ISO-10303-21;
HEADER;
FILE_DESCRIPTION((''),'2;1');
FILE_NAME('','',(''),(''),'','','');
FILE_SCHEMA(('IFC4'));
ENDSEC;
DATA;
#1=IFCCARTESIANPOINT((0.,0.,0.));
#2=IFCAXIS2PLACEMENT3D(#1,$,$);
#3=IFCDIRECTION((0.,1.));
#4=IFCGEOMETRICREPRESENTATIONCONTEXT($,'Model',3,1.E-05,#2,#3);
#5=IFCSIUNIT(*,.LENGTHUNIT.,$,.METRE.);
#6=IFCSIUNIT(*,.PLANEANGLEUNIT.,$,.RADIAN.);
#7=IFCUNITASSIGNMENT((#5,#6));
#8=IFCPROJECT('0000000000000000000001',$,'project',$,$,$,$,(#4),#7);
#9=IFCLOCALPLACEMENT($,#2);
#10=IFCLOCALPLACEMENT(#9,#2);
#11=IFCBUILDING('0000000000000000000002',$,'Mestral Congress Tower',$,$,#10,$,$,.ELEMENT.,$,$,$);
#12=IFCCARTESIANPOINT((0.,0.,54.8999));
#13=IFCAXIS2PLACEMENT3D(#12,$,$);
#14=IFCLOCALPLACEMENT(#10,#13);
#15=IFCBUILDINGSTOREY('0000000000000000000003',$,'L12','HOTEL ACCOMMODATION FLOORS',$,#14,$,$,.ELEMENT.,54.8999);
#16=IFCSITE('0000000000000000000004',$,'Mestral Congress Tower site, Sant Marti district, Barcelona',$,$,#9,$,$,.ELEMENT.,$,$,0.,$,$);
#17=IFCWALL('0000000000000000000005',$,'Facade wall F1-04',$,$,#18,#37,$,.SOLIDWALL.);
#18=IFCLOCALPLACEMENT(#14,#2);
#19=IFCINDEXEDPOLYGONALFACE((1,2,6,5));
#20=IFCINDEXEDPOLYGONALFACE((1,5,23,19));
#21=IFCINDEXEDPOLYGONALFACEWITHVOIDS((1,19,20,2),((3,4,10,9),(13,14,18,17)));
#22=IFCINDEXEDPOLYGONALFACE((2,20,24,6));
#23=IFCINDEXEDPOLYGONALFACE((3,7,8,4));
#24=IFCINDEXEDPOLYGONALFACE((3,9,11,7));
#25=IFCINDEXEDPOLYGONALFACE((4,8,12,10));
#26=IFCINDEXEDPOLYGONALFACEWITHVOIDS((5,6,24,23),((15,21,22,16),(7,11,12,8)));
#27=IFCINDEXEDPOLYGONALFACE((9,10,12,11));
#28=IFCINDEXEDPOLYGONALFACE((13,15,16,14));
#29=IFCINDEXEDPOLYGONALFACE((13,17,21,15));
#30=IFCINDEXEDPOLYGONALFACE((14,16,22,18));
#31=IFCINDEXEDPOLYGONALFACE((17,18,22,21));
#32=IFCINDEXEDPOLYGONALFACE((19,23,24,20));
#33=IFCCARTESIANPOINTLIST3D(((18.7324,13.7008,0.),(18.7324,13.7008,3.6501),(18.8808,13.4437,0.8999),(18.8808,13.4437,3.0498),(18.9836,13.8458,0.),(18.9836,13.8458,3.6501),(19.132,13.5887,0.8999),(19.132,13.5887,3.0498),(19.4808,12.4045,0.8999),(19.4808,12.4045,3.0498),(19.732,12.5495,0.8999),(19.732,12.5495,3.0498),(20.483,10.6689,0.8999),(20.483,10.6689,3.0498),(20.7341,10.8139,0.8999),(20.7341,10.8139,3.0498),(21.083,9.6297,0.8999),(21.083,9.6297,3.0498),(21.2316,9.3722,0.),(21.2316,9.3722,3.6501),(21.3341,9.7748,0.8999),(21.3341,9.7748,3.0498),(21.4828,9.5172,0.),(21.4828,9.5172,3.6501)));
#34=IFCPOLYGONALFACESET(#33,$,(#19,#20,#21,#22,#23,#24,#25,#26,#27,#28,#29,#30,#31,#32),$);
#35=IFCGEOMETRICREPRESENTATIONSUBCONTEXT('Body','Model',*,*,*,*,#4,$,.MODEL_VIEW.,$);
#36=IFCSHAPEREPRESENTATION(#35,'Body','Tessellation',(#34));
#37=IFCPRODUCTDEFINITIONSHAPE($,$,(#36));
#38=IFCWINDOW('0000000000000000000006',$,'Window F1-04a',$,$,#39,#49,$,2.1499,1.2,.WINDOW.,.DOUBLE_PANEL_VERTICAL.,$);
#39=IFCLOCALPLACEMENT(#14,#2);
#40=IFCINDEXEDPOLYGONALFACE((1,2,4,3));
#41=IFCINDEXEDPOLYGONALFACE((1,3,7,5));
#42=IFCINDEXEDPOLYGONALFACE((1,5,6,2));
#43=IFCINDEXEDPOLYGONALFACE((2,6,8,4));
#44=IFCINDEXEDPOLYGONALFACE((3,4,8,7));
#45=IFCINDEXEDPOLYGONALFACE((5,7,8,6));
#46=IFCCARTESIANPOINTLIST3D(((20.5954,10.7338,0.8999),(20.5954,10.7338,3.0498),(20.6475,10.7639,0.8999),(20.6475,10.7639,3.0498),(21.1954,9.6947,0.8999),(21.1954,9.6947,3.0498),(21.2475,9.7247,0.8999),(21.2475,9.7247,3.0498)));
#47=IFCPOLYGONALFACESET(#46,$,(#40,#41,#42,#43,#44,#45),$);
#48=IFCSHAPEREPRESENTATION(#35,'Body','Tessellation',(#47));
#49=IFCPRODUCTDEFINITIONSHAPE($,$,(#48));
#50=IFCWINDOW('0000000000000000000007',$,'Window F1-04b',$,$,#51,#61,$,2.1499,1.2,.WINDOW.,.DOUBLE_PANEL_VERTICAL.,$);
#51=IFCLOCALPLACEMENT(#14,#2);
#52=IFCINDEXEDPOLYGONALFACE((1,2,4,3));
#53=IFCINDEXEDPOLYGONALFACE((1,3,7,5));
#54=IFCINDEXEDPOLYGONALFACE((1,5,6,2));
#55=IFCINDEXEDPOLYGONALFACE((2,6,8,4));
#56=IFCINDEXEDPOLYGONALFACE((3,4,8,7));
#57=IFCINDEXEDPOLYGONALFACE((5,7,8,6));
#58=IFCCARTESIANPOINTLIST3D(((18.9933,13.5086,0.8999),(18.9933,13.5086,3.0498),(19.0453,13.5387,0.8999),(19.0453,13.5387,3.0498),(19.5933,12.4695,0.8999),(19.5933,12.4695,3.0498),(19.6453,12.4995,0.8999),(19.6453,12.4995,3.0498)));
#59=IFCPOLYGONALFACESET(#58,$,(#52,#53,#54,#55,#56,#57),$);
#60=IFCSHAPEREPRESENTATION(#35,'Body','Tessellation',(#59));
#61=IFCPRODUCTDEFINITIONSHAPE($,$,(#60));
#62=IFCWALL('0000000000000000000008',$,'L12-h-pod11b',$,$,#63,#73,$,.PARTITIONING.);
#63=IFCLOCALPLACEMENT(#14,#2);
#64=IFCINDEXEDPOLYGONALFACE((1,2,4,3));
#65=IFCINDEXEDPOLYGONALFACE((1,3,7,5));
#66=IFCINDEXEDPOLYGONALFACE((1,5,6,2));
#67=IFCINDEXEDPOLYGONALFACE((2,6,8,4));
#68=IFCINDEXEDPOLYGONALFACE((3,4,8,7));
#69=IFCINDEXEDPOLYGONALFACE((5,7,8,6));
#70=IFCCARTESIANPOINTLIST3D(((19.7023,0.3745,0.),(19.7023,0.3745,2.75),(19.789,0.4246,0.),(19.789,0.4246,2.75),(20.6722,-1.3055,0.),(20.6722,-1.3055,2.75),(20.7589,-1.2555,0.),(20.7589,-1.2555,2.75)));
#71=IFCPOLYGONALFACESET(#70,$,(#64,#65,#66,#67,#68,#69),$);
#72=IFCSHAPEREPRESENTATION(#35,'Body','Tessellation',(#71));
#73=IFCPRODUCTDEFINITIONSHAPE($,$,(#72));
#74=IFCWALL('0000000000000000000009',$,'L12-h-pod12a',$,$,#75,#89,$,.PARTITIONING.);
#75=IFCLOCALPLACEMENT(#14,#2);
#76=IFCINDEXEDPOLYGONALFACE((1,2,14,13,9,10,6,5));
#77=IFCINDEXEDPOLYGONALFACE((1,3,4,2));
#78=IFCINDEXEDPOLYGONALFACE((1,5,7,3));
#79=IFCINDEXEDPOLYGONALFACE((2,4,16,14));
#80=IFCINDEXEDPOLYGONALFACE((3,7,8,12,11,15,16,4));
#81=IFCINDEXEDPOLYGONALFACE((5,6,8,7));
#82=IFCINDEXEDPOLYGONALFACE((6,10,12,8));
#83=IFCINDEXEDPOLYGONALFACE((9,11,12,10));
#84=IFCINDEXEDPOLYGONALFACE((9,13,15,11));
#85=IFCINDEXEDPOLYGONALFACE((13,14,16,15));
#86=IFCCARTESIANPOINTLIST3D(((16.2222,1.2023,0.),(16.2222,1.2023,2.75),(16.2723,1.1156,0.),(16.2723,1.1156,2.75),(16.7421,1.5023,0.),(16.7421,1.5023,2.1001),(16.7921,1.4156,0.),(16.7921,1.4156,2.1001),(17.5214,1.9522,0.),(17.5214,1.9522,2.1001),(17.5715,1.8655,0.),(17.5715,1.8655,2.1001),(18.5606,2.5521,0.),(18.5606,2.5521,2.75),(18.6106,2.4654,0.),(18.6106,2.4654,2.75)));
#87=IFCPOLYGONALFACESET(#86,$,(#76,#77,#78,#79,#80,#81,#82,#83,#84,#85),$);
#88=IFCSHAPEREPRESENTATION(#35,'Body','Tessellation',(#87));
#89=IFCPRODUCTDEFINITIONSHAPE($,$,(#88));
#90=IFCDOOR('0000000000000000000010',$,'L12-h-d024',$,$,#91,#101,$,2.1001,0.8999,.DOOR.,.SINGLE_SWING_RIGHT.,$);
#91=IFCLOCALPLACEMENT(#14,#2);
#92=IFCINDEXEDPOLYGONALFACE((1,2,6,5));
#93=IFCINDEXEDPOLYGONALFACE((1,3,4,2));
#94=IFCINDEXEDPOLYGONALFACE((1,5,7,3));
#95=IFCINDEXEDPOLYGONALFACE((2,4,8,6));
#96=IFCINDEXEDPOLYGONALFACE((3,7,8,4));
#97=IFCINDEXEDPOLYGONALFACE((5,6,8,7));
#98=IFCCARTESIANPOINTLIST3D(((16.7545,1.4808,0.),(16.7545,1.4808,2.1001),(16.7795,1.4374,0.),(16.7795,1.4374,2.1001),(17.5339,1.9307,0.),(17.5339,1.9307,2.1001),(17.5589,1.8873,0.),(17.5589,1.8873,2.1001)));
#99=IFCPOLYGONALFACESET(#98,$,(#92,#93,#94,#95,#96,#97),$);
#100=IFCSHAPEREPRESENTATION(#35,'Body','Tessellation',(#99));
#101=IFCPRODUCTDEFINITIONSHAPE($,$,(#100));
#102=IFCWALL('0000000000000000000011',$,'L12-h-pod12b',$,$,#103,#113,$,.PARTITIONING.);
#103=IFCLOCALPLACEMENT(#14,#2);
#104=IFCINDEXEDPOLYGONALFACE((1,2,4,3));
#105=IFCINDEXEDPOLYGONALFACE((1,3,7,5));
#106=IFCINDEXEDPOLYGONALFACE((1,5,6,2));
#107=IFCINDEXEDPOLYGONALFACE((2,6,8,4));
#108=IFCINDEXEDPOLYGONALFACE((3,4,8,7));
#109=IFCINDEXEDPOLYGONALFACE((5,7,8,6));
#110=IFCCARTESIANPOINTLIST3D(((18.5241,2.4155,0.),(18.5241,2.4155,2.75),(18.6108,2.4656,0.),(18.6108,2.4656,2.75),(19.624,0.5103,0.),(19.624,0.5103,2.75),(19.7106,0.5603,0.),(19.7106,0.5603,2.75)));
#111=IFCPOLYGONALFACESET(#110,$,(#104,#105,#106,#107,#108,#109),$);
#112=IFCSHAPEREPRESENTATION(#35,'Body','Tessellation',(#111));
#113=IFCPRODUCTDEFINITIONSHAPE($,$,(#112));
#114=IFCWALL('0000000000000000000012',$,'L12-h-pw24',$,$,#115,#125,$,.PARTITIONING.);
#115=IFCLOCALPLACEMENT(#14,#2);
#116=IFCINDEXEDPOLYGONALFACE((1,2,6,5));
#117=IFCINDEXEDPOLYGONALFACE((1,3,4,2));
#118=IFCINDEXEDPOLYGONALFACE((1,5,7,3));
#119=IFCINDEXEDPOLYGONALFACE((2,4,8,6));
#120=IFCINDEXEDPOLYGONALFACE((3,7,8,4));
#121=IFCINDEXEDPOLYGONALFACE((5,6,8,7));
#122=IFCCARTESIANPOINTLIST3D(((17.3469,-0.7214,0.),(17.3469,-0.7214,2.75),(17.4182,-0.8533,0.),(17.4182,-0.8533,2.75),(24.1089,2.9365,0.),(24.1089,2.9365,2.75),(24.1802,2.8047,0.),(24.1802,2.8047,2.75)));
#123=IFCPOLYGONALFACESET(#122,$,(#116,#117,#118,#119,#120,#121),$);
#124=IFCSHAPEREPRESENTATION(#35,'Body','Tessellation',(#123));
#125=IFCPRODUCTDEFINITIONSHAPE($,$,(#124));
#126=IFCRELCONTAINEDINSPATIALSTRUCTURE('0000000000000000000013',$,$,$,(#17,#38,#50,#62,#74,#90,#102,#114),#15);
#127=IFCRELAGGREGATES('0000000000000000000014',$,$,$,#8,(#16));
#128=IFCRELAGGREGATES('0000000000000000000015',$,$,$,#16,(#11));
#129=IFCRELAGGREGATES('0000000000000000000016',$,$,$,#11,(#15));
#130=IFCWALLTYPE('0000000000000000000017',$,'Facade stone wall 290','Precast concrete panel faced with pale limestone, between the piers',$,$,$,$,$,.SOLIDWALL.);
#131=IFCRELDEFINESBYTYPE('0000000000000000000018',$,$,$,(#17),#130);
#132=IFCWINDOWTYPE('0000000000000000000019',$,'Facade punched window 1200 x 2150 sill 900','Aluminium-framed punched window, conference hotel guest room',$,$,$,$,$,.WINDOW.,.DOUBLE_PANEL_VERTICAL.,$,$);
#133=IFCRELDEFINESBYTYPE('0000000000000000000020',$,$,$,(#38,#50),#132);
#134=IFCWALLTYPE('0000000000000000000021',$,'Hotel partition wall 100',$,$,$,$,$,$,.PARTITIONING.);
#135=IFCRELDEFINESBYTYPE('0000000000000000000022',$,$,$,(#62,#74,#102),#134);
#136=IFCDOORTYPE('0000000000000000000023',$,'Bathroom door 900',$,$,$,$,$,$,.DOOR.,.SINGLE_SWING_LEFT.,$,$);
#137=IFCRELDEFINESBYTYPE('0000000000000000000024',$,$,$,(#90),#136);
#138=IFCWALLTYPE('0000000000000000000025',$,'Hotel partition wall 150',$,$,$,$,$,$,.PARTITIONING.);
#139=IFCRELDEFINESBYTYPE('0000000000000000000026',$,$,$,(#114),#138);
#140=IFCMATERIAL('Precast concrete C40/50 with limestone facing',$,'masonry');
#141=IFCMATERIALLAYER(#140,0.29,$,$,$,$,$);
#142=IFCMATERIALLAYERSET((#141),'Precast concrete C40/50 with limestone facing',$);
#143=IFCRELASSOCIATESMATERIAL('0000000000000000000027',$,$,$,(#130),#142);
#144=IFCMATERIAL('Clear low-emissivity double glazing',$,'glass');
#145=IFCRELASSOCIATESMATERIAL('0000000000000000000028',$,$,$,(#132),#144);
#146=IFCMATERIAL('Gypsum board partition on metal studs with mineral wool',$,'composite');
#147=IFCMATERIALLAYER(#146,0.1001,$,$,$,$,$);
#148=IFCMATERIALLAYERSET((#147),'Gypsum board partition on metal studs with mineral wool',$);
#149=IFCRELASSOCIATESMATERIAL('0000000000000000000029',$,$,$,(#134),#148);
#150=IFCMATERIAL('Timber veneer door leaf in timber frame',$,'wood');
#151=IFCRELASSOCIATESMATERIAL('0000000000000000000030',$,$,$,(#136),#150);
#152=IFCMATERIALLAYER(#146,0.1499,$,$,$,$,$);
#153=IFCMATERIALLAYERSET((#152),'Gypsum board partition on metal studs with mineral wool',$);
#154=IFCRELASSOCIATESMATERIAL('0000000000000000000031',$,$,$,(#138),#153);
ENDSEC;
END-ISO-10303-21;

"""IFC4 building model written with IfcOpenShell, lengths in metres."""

from ifc_helpers import new_model, si_unit, direction, frame, frame_2d, origin, place, context, subcontext, project, spatial, rectangle, extrude, material, layer, layer_set, type_object, element, fill, save


model = new_model("IFC4")

# Units and contexts
model_context = context("Model", 3, precision=1e-05, world=origin(), true_north=direction((0.0, 1.0)))
body_context = subcontext(model_context, "Body", "Model", "MODEL_VIEW")
ifc_project = project(units=[si_unit("LENGTHUNIT", "METRE"), si_unit("PLANEANGLEUNIT", "RADIAN")], contexts=[model_context])

# Site, building, storey
site_placement = place(None, origin())
site = spatial("IfcSite", under=ifc_project, at=site_placement, Name="Mestral Congress Tower site, Sant Marti district, Barcelona", CompositionType="ELEMENT", RefElevation=0.0)
building_placement = place(site_placement, origin())
building = spatial("IfcBuilding", under=site, at=building_placement, Name="Mestral Congress Tower", CompositionType="ELEMENT")
storey_placement = place(building_placement, frame((0.0, 0.0, 54.8999)))
storey = spatial("IfcBuildingStorey", under=building, at=storey_placement, Name="L12", Description="HOTEL ACCOMMODATION FLOORS", CompositionType="ELEMENT", Elevation=54.8999)

# Wall, openings, windows
ifc_material_1 = material(Name="Precast concrete C40/50 with limestone facing", Category="masonry")
ifc_layer_1 = layer(ifc_material_1, 0.29)
ifc_layer_set_1 = layer_set([ifc_layer_1], Name="Precast concrete C40/50 with limestone facing")
wall_type_1 = type_object("IfcWallType", Name="Facade stone wall 290", Description="Precast concrete panel faced with pale limestone, between the piers", PredefinedType="SOLIDWALL", material=ifc_layer_set_1)
ifc_material_2 = material(Name="Clear low-emissivity double glazing", Category="glass")
window_type = type_object("IfcWindowType", Name="Facade punched window 1200 x 2150 sill 900", Description="Aluminium-framed punched window, conference hotel guest room", PartitioningType="DOUBLE_PANEL_VERTICAL", PredefinedType="WINDOW", material=ifc_material_2)
wall_1_placement = place(storey_placement, frame((21.3572, 9.4448, 0.0), z_axis=(0.0, 0.0, 1.0), x_axis=(-0.500021, 0.866013, 0.0)))
wall_1 = element("IfcWall", 1, at=wall_1_placement, inside=storey, type_object=wall_type_1, Name="Facade wall F1-04", PredefinedType="SOLIDWALL", context=body_context, shape_type="SweptSolid", body=[
    extrude(rectangle(XDim=4.9983, YDim=0.29, at=frame_2d((2.499, 0.0))), origin(), (0.0, 0.0, 1.0), 3.6501),
])
opening_1_placement = place(wall_1_placement, frame((0.2971, 0.0, 0.8999)))
opening_1 = element("IfcOpeningElement", 2, at=opening_1_placement, cuts=wall_1, PredefinedType="OPENING", context=body_context, shape_type="SweptSolid", body=[
    extrude(rectangle(XDim=1.2, YDim=2.1499, at=frame_2d((0.6001, 1.075))), frame((0.0, 0.155, 0.0), z_axis=(0.0, -1.0, 0.0), x_axis=(1.0, 0.0, 0.0)), (0.0, 0.0, 1.0), 0.3101),
])
opening_2_placement = place(wall_1_placement, frame((3.5012, 0.0, 0.8999)))
opening_2 = element("IfcOpeningElement", 3, at=opening_2_placement, cuts=wall_1, PredefinedType="OPENING", context=body_context, shape_type="SweptSolid", body=[
    extrude(rectangle(XDim=1.2, YDim=2.1499, at=frame_2d((0.6001, 1.075))), frame((0.0, 0.155, 0.0), z_axis=(0.0, -1.0, 0.0), x_axis=(1.0, 0.0, 0.0)), (0.0, 0.0, 1.0), 0.3101),
])
window_1_placement = place(opening_1_placement, origin())
window_1 = element("IfcWindow", 4, at=window_1_placement, inside=storey, type_object=window_type, Name="Window F1-04a", OverallHeight=2.1499, OverallWidth=1.2, PartitioningType="DOUBLE_PANEL_VERTICAL", PredefinedType="WINDOW", context=body_context, shape_type="SweptSolid", body=[
    extrude(rectangle(XDim=1.2, YDim=2.1499, at=frame_2d((0.6001, 1.075))), frame((0.0, 0.0151, 0.0), z_axis=(0.0, -1.0, 0.0), x_axis=(1.0, 0.0, 0.0)), (0.0, 0.0, 1.0), 0.0601),
])
fill(opening_1, window_1)
window_2_placement = place(opening_2_placement, origin())
window_2 = element("IfcWindow", 5, at=window_2_placement, inside=storey, type_object=window_type, Name="Window F1-04b", OverallHeight=2.1499, OverallWidth=1.2, PartitioningType="DOUBLE_PANEL_VERTICAL", PredefinedType="WINDOW", context=body_context, shape_type="SweptSolid", body=[
    extrude(rectangle(XDim=1.2, YDim=2.1499, at=frame_2d((0.6001, 1.075))), frame((0.0, 0.0151, 0.0), z_axis=(0.0, -1.0, 0.0), x_axis=(1.0, 0.0, 0.0)), (0.0, 0.0, 1.0), 0.0601),
])
fill(opening_2, window_2)

# Wall
ifc_material_3 = material(Name="Gypsum board partition on metal studs with mineral wool", Category="composite")
ifc_layer_2 = layer(ifc_material_3, 0.1001)
ifc_layer_set_2 = layer_set([ifc_layer_2], Name="Gypsum board partition on metal studs with mineral wool")
wall_type_2 = type_object("IfcWallType", Name="Hotel partition wall 100", PredefinedType="PARTITIONING", material=ifc_layer_set_2)
wall_2_placement = place(storey_placement, frame((20.7156, -1.2805, 0.0), z_axis=(0.0, 0.0, 1.0), x_axis=(-0.499969, 0.866043, 0.0)))
element("IfcWall", 6, at=wall_2_placement, inside=storey, type_object=wall_type_2, Name="L12-h-pod11b", PredefinedType="PARTITIONING", context=body_context, shape_type="SweptSolid", body=[
    extrude(rectangle(XDim=1.9399, YDim=0.1001, at=frame_2d((0.97, 0.0))), origin(), (0.0, 0.0, 1.0), 2.75),
])

# Wall, opening, door
wall_3_placement = place(storey_placement, frame((18.5857, 2.5088, 0.0), z_axis=(0.0, 0.0, 1.0), x_axis=(-0.866059, -0.499942, 0.0)))
wall_3 = element("IfcWall", 7, at=wall_3_placement, inside=storey, type_object=wall_type_2, Name="L12-h-pod12a", PredefinedType="PARTITIONING", context=body_context, shape_type="SweptSolid", body=[
    extrude(rectangle(XDim=2.7, YDim=0.1001, at=frame_2d((1.3501, 0.0))), origin(), (0.0, 0.0, 1.0), 2.75),
])
opening_3_placement = place(wall_3_placement, frame((1.2, 0.0, 0.0)))
opening_3 = element("IfcOpeningElement", 8, at=opening_3_placement, cuts=wall_3, PredefinedType="OPENING", context=body_context, shape_type="SweptSolid", body=[
    extrude(rectangle(XDim=0.8999, YDim=2.1001, at=frame_2d((0.45, 1.05))), frame((0.0, 0.0601, 0.0), z_axis=(0.0, -1.0, 0.0), x_axis=(1.0, 0.0, 0.0)), (0.0, 0.0, 1.0), 0.1201),
])
ifc_material_4 = material(Name="Timber veneer door leaf in timber frame", Category="wood")
door_type_1 = type_object("IfcDoorType", Name="Bathroom door 900", OperationType="SINGLE_SWING_LEFT", PredefinedType="DOOR", material=ifc_material_4)
door_1_placement = place(opening_3_placement, origin())
door_1 = element("IfcDoor", 9, at=door_1_placement, inside=storey, type_object=door_type_1, Name="L12-h-d024", OperationType="SINGLE_SWING_RIGHT", OverallHeight=2.1001, OverallWidth=0.8999, PredefinedType="DOOR", context=body_context, shape_type="SweptSolid", body=[
    extrude(rectangle(XDim=0.8999, YDim=2.1001, at=frame_2d((0.45, 1.05))), frame((0.0, 0.0249, 0.0), z_axis=(0.0, -1.0, 0.0), x_axis=(1.0, 0.0, 0.0)), (0.0, 0.0, 1.0), 0.05),
])
fill(opening_3, door_1)

# Walls
wall_4_placement = place(storey_placement, frame((18.5674, 2.4407, 0.0), z_axis=(0.0, 0.0, 1.0), x_axis=(0.499947, -0.866056, 0.0)))
element("IfcWall", 10, at=wall_4_placement, inside=storey, type_object=wall_type_2, Name="L12-h-pod12b", PredefinedType="PARTITIONING", context=body_context, shape_type="SweptSolid", body=[
    extrude(rectangle(XDim=2.2, YDim=0.1001, at=frame_2d((1.1001, 0.0))), origin(), (0.0, 0.0, 1.0), 2.75),
])
ifc_layer_3 = layer(ifc_material_3, 0.1499)
ifc_layer_set_3 = layer_set([ifc_layer_3], Name="Gypsum board partition on metal studs with mineral wool")
wall_type_3 = type_object("IfcWallType", Name="Hotel partition wall 150", PredefinedType="PARTITIONING", material=ifc_layer_set_3)
wall_5_placement = place(storey_placement, frame((24.1445, 2.8706, 0.0), z_axis=(0.0, 0.0, 1.0), x_axis=(-0.879552, -0.475803, 0.0)))
element("IfcWall", 11, at=wall_5_placement, inside=storey, type_object=wall_type_3, Name="L12-h-pw24", PredefinedType="PARTITIONING", context=body_context, shape_type="SweptSolid", body=[
    extrude(rectangle(XDim=7.688, YDim=0.1499, at=frame_2d((3.844, 0.0))), origin(), (0.0, 0.0, 1.0), 2.75),
])

save(model, "model.ifc")
